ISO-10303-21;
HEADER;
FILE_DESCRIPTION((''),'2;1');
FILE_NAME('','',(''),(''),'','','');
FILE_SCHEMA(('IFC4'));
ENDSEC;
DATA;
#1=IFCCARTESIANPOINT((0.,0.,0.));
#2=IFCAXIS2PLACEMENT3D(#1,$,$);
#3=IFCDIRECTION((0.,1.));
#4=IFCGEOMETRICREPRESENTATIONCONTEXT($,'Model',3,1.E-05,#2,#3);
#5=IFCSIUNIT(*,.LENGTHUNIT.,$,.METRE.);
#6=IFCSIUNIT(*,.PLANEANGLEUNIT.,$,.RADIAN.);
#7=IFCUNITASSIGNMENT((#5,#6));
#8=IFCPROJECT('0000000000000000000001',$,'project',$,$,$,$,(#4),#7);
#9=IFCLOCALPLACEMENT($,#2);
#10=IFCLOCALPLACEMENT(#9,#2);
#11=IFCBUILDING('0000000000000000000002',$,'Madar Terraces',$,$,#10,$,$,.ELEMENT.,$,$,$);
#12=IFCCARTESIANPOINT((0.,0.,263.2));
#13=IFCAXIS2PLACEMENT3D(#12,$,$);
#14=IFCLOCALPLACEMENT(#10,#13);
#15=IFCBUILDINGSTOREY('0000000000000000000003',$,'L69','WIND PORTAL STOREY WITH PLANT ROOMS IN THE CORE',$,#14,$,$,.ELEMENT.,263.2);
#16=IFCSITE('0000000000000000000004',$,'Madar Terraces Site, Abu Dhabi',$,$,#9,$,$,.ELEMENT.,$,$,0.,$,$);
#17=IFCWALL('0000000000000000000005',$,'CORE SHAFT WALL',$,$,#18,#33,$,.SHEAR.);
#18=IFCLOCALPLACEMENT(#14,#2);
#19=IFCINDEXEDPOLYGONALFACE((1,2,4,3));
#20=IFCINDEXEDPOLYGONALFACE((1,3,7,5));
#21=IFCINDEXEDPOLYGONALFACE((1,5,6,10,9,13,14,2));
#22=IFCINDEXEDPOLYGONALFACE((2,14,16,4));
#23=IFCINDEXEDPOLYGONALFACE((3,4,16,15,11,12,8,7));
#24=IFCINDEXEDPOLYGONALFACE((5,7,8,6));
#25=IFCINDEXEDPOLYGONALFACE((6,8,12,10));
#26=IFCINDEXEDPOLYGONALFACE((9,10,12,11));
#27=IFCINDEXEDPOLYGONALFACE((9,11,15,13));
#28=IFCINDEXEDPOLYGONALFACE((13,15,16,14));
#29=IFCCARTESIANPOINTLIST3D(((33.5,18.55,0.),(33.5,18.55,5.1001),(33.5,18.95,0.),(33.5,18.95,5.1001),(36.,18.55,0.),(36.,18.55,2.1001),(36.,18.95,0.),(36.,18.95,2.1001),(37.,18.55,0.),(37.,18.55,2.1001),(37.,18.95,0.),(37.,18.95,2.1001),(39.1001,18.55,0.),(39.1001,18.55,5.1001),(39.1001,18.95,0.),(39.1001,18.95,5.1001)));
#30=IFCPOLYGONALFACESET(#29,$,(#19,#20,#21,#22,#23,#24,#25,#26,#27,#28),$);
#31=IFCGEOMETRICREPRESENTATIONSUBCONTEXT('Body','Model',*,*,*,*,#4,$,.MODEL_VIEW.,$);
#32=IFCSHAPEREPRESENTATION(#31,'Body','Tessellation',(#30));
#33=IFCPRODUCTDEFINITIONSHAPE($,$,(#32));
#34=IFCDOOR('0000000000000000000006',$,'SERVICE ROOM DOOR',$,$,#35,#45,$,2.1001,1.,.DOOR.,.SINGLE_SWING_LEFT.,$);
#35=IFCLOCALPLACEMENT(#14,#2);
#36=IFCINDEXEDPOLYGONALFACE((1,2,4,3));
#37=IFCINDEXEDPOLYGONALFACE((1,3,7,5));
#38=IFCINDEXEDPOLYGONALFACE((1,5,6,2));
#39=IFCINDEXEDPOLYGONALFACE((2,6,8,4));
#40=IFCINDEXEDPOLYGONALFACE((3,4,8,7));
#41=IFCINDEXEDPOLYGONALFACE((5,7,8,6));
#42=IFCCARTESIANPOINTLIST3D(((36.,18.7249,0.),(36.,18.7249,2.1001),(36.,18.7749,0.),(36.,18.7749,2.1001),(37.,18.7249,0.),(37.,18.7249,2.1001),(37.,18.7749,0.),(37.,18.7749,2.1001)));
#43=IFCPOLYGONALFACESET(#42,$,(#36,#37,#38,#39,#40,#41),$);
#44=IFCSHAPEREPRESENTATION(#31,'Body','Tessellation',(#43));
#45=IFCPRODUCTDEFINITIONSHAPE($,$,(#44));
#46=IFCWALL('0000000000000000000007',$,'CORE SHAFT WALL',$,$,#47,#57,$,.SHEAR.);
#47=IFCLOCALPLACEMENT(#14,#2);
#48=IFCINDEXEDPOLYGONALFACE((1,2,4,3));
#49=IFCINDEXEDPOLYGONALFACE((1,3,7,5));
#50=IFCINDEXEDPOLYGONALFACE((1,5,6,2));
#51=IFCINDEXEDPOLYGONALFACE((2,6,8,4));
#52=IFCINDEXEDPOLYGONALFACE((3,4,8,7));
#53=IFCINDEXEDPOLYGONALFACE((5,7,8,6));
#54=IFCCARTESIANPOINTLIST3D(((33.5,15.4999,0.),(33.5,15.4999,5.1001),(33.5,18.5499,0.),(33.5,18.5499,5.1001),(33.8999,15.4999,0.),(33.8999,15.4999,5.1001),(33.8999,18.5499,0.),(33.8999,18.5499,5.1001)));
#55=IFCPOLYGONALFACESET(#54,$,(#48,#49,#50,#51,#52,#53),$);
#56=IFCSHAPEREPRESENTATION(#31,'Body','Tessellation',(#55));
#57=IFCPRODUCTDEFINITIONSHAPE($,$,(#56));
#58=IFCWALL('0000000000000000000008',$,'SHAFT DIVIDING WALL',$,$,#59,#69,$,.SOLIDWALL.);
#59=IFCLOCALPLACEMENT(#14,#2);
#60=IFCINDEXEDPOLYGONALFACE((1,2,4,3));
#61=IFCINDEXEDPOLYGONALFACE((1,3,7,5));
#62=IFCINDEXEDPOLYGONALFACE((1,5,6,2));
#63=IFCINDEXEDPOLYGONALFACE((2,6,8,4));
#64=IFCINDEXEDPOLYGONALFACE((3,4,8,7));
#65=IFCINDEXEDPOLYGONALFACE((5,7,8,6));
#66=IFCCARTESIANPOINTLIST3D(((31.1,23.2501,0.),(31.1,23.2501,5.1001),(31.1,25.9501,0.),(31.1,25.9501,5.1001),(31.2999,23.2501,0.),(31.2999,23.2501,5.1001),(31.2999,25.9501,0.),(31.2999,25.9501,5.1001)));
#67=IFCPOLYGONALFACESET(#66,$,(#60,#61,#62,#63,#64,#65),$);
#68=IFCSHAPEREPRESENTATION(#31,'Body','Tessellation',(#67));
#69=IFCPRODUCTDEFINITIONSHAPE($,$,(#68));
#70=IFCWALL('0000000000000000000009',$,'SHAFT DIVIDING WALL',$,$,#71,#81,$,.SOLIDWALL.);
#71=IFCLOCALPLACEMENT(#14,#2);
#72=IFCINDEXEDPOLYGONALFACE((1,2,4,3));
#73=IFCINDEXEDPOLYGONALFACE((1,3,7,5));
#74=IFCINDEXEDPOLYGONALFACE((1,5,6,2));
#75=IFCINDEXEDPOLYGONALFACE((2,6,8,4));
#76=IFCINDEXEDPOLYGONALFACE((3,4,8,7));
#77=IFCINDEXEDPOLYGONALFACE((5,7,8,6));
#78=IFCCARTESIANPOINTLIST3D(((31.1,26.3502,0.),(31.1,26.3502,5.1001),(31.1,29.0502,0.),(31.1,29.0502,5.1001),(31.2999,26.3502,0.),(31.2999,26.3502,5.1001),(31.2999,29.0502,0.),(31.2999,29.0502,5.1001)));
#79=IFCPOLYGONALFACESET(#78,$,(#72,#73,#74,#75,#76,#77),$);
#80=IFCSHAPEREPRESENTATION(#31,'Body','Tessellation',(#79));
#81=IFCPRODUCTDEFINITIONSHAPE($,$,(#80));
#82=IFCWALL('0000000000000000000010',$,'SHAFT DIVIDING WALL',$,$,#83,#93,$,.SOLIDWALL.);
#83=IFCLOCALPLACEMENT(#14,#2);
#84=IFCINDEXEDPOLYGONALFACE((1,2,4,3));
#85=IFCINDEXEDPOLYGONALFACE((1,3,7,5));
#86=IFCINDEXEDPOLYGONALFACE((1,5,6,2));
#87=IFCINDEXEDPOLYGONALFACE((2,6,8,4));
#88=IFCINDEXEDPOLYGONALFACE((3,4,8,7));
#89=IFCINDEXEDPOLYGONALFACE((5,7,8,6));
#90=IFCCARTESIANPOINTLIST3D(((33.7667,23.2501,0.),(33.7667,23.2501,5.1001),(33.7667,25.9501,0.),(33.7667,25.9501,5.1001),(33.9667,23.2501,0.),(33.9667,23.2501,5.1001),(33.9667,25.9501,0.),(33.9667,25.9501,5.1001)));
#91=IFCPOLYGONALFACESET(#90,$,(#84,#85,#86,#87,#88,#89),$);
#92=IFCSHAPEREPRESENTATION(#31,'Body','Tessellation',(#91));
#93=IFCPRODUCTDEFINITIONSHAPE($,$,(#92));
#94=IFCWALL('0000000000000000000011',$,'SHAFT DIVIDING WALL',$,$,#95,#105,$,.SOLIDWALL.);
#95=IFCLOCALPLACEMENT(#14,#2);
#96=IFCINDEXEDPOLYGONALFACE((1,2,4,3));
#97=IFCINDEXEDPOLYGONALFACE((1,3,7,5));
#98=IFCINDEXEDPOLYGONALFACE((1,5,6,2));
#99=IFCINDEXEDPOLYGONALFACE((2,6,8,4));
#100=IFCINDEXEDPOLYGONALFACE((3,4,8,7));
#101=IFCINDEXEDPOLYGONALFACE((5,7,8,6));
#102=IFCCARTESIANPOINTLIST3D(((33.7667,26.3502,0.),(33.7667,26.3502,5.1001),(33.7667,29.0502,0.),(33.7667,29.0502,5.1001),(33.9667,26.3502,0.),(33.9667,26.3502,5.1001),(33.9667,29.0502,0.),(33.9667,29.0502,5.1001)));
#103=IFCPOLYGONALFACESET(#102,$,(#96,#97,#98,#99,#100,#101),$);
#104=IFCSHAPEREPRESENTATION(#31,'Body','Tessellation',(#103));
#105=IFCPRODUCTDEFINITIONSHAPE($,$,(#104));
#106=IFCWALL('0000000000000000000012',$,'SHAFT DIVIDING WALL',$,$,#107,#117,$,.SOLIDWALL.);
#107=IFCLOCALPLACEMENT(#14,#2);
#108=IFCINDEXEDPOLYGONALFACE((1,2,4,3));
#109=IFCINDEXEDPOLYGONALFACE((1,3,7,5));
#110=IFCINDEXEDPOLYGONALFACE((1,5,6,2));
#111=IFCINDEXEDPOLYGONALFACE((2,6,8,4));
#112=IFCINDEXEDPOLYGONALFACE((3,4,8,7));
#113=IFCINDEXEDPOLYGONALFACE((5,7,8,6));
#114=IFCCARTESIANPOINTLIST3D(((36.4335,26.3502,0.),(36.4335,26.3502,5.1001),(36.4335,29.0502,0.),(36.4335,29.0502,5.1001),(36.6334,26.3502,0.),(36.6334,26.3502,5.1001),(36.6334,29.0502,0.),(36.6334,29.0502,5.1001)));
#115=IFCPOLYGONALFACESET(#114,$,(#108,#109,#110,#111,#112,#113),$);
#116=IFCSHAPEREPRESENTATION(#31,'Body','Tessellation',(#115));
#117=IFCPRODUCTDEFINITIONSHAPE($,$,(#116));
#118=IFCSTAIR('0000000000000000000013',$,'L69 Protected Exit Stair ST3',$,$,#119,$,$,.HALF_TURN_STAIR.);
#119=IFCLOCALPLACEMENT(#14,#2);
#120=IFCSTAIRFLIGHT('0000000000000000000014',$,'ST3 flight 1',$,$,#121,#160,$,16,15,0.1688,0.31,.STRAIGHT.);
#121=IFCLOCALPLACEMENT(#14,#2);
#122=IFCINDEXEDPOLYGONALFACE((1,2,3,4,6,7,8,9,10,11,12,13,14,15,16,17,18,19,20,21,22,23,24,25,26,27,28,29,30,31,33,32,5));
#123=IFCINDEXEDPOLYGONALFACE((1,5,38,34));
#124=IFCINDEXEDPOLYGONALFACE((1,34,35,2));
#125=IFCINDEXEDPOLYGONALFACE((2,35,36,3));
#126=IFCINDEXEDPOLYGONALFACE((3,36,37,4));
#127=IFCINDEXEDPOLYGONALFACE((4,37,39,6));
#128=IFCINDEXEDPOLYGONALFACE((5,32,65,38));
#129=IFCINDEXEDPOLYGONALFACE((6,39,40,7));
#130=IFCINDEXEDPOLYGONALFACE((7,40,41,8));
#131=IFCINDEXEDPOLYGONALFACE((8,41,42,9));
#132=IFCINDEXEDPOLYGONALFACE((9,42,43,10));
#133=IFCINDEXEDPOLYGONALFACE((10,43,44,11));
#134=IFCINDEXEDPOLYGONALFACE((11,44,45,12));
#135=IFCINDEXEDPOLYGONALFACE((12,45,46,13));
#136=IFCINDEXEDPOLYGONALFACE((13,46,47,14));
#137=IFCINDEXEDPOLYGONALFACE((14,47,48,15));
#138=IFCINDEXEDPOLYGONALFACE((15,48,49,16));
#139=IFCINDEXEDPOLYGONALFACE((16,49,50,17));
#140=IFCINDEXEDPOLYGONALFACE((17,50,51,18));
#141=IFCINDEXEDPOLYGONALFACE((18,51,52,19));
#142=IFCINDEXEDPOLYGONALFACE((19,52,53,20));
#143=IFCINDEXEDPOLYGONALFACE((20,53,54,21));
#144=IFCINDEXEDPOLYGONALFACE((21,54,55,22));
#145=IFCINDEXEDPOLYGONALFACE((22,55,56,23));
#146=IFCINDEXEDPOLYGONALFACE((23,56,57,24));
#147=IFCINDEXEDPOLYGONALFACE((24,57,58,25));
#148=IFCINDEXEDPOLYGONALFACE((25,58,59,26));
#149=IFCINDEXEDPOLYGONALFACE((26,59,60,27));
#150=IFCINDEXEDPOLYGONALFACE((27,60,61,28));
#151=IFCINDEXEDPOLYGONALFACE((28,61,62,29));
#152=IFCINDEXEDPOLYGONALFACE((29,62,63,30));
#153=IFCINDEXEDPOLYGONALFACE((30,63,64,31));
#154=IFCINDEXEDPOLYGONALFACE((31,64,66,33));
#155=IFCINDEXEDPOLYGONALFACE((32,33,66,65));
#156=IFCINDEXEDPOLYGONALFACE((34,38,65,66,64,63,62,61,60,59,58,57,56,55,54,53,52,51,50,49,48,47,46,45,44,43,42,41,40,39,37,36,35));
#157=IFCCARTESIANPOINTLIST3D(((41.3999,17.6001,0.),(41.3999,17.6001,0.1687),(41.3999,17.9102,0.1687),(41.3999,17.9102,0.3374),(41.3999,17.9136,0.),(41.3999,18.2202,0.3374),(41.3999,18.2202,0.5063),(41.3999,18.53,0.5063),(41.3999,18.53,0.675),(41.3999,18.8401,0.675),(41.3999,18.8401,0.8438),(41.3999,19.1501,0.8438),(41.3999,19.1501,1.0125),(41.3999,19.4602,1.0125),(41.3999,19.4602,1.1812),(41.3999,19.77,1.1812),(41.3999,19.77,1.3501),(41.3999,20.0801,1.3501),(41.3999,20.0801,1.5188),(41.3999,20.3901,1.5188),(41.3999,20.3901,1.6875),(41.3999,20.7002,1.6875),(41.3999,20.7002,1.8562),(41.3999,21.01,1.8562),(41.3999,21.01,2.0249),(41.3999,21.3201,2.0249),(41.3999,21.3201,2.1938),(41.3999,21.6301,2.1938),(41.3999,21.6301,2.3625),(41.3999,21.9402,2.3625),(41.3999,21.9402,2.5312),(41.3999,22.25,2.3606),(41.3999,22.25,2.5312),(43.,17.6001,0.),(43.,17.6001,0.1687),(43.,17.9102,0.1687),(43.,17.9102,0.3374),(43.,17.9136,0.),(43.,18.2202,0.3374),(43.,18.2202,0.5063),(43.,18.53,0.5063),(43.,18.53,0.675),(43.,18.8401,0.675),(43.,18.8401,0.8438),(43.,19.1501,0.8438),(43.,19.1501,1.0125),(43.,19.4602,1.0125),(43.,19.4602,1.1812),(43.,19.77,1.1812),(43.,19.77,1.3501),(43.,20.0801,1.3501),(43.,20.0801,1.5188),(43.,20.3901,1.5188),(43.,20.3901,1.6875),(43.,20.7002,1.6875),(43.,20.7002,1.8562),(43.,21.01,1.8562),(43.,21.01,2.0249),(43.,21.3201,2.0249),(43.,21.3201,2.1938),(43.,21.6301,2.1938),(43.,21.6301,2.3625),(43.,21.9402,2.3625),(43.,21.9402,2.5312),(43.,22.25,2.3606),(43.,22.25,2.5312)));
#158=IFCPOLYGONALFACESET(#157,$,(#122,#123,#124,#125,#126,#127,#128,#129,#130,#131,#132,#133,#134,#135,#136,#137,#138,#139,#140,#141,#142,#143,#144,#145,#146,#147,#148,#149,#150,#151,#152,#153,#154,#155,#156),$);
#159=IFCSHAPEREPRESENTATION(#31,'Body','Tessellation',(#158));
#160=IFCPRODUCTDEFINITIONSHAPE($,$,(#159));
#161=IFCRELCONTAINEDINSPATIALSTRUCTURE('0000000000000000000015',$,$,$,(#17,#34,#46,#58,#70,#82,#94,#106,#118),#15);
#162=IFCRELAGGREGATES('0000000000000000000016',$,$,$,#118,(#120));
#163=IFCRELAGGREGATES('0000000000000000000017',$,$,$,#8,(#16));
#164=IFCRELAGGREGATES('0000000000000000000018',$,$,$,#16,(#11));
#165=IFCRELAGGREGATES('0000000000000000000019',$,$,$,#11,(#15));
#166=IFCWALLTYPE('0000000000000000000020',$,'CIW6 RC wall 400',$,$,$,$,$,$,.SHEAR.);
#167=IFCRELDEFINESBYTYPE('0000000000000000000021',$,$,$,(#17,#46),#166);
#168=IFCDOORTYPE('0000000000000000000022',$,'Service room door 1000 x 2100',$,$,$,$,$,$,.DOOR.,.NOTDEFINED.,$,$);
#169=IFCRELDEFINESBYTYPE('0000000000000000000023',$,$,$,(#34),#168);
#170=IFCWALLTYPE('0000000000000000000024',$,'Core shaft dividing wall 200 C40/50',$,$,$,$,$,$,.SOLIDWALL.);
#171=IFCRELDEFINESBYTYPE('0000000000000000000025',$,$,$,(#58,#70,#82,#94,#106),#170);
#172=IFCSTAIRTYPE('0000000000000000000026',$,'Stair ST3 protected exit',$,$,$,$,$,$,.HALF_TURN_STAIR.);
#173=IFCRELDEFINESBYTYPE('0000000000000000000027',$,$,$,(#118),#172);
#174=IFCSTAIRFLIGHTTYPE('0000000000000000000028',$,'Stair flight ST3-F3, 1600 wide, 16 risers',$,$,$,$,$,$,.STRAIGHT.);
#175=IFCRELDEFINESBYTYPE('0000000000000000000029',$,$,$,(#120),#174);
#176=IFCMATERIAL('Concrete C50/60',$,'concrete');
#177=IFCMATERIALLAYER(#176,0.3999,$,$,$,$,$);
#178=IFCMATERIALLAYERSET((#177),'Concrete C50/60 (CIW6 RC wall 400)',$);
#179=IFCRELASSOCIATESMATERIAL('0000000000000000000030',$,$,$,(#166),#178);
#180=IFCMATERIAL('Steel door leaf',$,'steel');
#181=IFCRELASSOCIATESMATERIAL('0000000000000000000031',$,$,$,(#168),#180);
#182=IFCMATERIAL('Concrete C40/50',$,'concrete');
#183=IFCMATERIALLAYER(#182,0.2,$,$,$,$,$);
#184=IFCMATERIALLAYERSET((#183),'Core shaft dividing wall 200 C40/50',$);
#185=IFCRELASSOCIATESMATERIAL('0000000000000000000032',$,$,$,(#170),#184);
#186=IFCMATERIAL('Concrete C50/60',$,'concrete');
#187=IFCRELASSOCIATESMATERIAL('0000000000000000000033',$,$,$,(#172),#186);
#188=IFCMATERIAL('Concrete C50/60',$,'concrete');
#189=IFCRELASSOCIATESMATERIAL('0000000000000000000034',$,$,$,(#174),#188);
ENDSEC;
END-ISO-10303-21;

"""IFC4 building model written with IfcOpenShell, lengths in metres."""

from ifc_helpers import new_model, si_unit, direction, frame, frame_2d, origin, place, context, subcontext, project, spatial, polyline, rectangle, outline, extrude, material, layer, layer_set, type_object, element, fill, aggregate, save


model = new_model("IFC4")

# Units and contexts
model_context = context("Model", 3, precision=1e-05, world=origin(), true_north=direction((0.0, 1.0)))
body_context = subcontext(model_context, "Body", "Model", "MODEL_VIEW")
ifc_project = project(units=[si_unit("LENGTHUNIT", "METRE"), si_unit("PLANEANGLEUNIT", "RADIAN")], contexts=[model_context])

# Site, building, storey
site_placement = place(None, origin())
site = spatial("IfcSite", under=ifc_project, at=site_placement, Name="Madar Terraces Site, Abu Dhabi", CompositionType="ELEMENT", RefElevation=0.0)
building_placement = place(site_placement, origin())
building = spatial("IfcBuilding", under=site, at=building_placement, Name="Madar Terraces", CompositionType="ELEMENT")
storey_placement = place(building_placement, frame((0.0, 0.0, 263.2)))
storey = spatial("IfcBuildingStorey", under=building, at=storey_placement, Name="L69", Description="WIND PORTAL STOREY WITH PLANT ROOMS IN THE CORE", CompositionType="ELEMENT", Elevation=263.2)

# Shared definitions
ifc_material_1 = material(Name="Concrete C50/60", Category="concrete")
ifc_layer_1 = layer(ifc_material_1, 0.3999)
ifc_layer_set_1 = layer_set([ifc_layer_1], Name="Concrete C50/60 (CIW6 RC wall 400)")
wall_type_1 = type_object("IfcWallType", Name="CIW6 RC wall 400", PredefinedType="SHEAR", material=ifc_layer_set_1)

# Wall, opening, door
wall_1_placement = place(storey_placement, frame((33.5, 18.75, 0.0), z_axis=(0.0, 0.0, 1.0), x_axis=(1.0, 0.0, 0.0)))
wall_1 = element("IfcWall", 1, at=wall_1_placement, inside=storey, type_object=wall_type_1, Name="CORE SHAFT WALL", PredefinedType="SHEAR", context=body_context, shape_type="SweptSolid", body=[
    extrude(rectangle(XDim=5.6001, YDim=0.3999, at=frame_2d((2.8, 0.0))), origin(), (0.0, 0.0, 1.0), 5.1001),
])
opening_placement = place(wall_1_placement, frame((2.5, 0.0, 0.0)))
opening = element("IfcOpeningElement", 2, at=opening_placement, cuts=wall_1, PredefinedType="OPENING", context=body_context, shape_type="SweptSolid", body=[
    extrude(rectangle(XDim=1.0, YDim=2.1001, at=frame_2d((0.5, 1.05))), frame((0.0, 0.21, 0.0), z_axis=(0.0, -1.0, 0.0), x_axis=(1.0, 0.0, 0.0)), (0.0, 0.0, 1.0), 0.4199),
])
ifc_material_2 = material(Name="Steel door leaf", Category="steel")
door_type = type_object("IfcDoorType", Name="Service room door 1000 x 2100", OperationType="NOTDEFINED", PredefinedType="DOOR", material=ifc_material_2)
door_placement = place(opening_placement, origin())
door = element("IfcDoor", 3, at=door_placement, inside=storey, type_object=door_type, Name="SERVICE ROOM DOOR", OperationType="SINGLE_SWING_LEFT", OverallHeight=2.1001, OverallWidth=1.0, PredefinedType="DOOR", context=body_context, shape_type="SweptSolid", body=[
    extrude(rectangle(XDim=1.0, YDim=2.1001, at=frame_2d((0.5, 1.05))), frame((0.0, 0.0249, 0.0), z_axis=(0.0, -1.0, 0.0), x_axis=(1.0, 0.0, 0.0)), (0.0, 0.0, 1.0), 0.05),
])
fill(opening, door)

# Walls
wall_2_placement = place(storey_placement, frame((33.7, 15.5, 0.0), z_axis=(0.0, 0.0, 1.0), x_axis=(0.0, 1.0, 0.0)))
element("IfcWall", 4, at=wall_2_placement, inside=storey, type_object=wall_type_1, Name="CORE SHAFT WALL", PredefinedType="SHEAR", context=body_context, shape_type="SweptSolid", body=[
    extrude(rectangle(XDim=3.05, YDim=0.3999, at=frame_2d((1.5249, 0.0))), origin(), (0.0, 0.0, 1.0), 5.1001),
])
ifc_material_3 = material(Name="Concrete C40/50", Category="concrete")
ifc_layer_2 = layer(ifc_material_3, 0.2)
ifc_layer_set_2 = layer_set([ifc_layer_2], Name="Core shaft dividing wall 200 C40/50")
wall_type_2 = type_object("IfcWallType", Name="Core shaft dividing wall 200 C40/50", PredefinedType="SOLIDWALL", material=ifc_layer_set_2)
for number, where, z_axis, x_axis, name in (
    (5, (31.2, 23.25, 0.0), (0.0, 0.0, 1.0), (0.0, 1.0, 0.0), "SHAFT DIVIDING WALL"),
    (6, (31.2, 26.3501, 0.0), (0.0, 0.0, 1.0), (0.0, 1.0, 0.0), "SHAFT DIVIDING WALL"),
    (7, (33.8667, 23.25, 0.0), (0.0, 0.0, 1.0), (0.0, 1.0, 0.0), "SHAFT DIVIDING WALL"),
    (8, (33.8667, 26.3501, 0.0), (0.0, 0.0, 1.0), (0.0, 1.0, 0.0), "SHAFT DIVIDING WALL"),
    (9, (36.5334, 26.3501, 0.0), (0.0, 0.0, 1.0), (0.0, 1.0, 0.0), "SHAFT DIVIDING WALL"),
):
    element("IfcWall", number, at=place(storey_placement, frame(where, z_axis=z_axis, x_axis=x_axis)), inside=storey, type_object=wall_type_2, Name=name, PredefinedType="SOLIDWALL", context=body_context, shape_type="SweptSolid", body=[
        extrude(rectangle(XDim=2.7, YDim=0.2, at=frame_2d((1.3501, 0.0))), origin(), (0.0, 0.0, 1.0), 5.1001),
    ])

# Stair, stair flight
ifc_material_4 = material(Name="Concrete C50/60", Category="concrete")
stair_type = type_object("IfcStairType", Name="Stair ST3 protected exit", PredefinedType="HALF_TURN_STAIR", material=ifc_material_4)
stair_placement = place(storey_placement, origin())
stair = element("IfcStair", 10, at=stair_placement, inside=storey, type_object=stair_type, Name="L69 Protected Exit Stair ST3", PredefinedType="HALF_TURN_STAIR")
ifc_material_5 = material(Name="Concrete C50/60", Category="concrete")
stair_flight_type = type_object("IfcStairFlightType", Name="Stair flight ST3-F3, 1600 wide, 16 risers", PredefinedType="STRAIGHT", material=ifc_material_5)
stair_flight_1_placement = place(storey_placement, frame((42.2, 17.6001, 0.0), z_axis=(0.0, 0.0, 1.0), x_axis=(0.0, 1.0, 0.0)))
stair_flight_1 = element("IfcStairFlight", 11, at=stair_flight_1_placement, type_object=stair_flight_type, Name="ST3 flight 1", NumberOfRisers=16, NumberOfTreads=15, PredefinedType="STRAIGHT", RiserHeight=0.1688, TreadLength=0.31, context=body_context, shape_type="SweptSolid", body=[
    extrude(outline(polyline([(0.0, 0.0), (0.0, 0.1687), (0.3101, 0.1687), (0.3101, 0.3374), (0.6201, 0.3374), (0.6201, 0.5063), (0.9299, 0.5063), (0.9299, 0.675), (1.24, 0.675), (1.24, 0.8438), (1.55, 0.8438), (1.55, 1.0125), (1.8601, 1.0125), (1.8601, 1.1812), (2.1699, 1.1812), (2.1699, 1.3501), (2.48, 1.3501), (2.48, 1.5188), (2.79, 1.5188), (2.79, 1.6875), (3.1001, 1.6875), (3.1001, 1.8562), (3.4099, 1.8562), (3.4099, 2.0249), (3.72, 2.0249), (3.72, 2.1938), (4.03, 2.1938), (4.03, 2.3625), (4.3401, 2.3625), (4.3401, 2.5312), (4.6499, 2.5312), (4.6499, 2.7), (4.6499, 2.3606), (0.3135, 0.0), (0.0, 0.0)])), frame((0.0, 0.8, 0.0), z_axis=(0.0, -1.0, 0.0), x_axis=(1.0, 0.0, 0.0)), (0.0, 0.0, 1.0), 1.6001),
])
aggregate(stair, [stair_flight_1])

save(model, "model.ifc")
